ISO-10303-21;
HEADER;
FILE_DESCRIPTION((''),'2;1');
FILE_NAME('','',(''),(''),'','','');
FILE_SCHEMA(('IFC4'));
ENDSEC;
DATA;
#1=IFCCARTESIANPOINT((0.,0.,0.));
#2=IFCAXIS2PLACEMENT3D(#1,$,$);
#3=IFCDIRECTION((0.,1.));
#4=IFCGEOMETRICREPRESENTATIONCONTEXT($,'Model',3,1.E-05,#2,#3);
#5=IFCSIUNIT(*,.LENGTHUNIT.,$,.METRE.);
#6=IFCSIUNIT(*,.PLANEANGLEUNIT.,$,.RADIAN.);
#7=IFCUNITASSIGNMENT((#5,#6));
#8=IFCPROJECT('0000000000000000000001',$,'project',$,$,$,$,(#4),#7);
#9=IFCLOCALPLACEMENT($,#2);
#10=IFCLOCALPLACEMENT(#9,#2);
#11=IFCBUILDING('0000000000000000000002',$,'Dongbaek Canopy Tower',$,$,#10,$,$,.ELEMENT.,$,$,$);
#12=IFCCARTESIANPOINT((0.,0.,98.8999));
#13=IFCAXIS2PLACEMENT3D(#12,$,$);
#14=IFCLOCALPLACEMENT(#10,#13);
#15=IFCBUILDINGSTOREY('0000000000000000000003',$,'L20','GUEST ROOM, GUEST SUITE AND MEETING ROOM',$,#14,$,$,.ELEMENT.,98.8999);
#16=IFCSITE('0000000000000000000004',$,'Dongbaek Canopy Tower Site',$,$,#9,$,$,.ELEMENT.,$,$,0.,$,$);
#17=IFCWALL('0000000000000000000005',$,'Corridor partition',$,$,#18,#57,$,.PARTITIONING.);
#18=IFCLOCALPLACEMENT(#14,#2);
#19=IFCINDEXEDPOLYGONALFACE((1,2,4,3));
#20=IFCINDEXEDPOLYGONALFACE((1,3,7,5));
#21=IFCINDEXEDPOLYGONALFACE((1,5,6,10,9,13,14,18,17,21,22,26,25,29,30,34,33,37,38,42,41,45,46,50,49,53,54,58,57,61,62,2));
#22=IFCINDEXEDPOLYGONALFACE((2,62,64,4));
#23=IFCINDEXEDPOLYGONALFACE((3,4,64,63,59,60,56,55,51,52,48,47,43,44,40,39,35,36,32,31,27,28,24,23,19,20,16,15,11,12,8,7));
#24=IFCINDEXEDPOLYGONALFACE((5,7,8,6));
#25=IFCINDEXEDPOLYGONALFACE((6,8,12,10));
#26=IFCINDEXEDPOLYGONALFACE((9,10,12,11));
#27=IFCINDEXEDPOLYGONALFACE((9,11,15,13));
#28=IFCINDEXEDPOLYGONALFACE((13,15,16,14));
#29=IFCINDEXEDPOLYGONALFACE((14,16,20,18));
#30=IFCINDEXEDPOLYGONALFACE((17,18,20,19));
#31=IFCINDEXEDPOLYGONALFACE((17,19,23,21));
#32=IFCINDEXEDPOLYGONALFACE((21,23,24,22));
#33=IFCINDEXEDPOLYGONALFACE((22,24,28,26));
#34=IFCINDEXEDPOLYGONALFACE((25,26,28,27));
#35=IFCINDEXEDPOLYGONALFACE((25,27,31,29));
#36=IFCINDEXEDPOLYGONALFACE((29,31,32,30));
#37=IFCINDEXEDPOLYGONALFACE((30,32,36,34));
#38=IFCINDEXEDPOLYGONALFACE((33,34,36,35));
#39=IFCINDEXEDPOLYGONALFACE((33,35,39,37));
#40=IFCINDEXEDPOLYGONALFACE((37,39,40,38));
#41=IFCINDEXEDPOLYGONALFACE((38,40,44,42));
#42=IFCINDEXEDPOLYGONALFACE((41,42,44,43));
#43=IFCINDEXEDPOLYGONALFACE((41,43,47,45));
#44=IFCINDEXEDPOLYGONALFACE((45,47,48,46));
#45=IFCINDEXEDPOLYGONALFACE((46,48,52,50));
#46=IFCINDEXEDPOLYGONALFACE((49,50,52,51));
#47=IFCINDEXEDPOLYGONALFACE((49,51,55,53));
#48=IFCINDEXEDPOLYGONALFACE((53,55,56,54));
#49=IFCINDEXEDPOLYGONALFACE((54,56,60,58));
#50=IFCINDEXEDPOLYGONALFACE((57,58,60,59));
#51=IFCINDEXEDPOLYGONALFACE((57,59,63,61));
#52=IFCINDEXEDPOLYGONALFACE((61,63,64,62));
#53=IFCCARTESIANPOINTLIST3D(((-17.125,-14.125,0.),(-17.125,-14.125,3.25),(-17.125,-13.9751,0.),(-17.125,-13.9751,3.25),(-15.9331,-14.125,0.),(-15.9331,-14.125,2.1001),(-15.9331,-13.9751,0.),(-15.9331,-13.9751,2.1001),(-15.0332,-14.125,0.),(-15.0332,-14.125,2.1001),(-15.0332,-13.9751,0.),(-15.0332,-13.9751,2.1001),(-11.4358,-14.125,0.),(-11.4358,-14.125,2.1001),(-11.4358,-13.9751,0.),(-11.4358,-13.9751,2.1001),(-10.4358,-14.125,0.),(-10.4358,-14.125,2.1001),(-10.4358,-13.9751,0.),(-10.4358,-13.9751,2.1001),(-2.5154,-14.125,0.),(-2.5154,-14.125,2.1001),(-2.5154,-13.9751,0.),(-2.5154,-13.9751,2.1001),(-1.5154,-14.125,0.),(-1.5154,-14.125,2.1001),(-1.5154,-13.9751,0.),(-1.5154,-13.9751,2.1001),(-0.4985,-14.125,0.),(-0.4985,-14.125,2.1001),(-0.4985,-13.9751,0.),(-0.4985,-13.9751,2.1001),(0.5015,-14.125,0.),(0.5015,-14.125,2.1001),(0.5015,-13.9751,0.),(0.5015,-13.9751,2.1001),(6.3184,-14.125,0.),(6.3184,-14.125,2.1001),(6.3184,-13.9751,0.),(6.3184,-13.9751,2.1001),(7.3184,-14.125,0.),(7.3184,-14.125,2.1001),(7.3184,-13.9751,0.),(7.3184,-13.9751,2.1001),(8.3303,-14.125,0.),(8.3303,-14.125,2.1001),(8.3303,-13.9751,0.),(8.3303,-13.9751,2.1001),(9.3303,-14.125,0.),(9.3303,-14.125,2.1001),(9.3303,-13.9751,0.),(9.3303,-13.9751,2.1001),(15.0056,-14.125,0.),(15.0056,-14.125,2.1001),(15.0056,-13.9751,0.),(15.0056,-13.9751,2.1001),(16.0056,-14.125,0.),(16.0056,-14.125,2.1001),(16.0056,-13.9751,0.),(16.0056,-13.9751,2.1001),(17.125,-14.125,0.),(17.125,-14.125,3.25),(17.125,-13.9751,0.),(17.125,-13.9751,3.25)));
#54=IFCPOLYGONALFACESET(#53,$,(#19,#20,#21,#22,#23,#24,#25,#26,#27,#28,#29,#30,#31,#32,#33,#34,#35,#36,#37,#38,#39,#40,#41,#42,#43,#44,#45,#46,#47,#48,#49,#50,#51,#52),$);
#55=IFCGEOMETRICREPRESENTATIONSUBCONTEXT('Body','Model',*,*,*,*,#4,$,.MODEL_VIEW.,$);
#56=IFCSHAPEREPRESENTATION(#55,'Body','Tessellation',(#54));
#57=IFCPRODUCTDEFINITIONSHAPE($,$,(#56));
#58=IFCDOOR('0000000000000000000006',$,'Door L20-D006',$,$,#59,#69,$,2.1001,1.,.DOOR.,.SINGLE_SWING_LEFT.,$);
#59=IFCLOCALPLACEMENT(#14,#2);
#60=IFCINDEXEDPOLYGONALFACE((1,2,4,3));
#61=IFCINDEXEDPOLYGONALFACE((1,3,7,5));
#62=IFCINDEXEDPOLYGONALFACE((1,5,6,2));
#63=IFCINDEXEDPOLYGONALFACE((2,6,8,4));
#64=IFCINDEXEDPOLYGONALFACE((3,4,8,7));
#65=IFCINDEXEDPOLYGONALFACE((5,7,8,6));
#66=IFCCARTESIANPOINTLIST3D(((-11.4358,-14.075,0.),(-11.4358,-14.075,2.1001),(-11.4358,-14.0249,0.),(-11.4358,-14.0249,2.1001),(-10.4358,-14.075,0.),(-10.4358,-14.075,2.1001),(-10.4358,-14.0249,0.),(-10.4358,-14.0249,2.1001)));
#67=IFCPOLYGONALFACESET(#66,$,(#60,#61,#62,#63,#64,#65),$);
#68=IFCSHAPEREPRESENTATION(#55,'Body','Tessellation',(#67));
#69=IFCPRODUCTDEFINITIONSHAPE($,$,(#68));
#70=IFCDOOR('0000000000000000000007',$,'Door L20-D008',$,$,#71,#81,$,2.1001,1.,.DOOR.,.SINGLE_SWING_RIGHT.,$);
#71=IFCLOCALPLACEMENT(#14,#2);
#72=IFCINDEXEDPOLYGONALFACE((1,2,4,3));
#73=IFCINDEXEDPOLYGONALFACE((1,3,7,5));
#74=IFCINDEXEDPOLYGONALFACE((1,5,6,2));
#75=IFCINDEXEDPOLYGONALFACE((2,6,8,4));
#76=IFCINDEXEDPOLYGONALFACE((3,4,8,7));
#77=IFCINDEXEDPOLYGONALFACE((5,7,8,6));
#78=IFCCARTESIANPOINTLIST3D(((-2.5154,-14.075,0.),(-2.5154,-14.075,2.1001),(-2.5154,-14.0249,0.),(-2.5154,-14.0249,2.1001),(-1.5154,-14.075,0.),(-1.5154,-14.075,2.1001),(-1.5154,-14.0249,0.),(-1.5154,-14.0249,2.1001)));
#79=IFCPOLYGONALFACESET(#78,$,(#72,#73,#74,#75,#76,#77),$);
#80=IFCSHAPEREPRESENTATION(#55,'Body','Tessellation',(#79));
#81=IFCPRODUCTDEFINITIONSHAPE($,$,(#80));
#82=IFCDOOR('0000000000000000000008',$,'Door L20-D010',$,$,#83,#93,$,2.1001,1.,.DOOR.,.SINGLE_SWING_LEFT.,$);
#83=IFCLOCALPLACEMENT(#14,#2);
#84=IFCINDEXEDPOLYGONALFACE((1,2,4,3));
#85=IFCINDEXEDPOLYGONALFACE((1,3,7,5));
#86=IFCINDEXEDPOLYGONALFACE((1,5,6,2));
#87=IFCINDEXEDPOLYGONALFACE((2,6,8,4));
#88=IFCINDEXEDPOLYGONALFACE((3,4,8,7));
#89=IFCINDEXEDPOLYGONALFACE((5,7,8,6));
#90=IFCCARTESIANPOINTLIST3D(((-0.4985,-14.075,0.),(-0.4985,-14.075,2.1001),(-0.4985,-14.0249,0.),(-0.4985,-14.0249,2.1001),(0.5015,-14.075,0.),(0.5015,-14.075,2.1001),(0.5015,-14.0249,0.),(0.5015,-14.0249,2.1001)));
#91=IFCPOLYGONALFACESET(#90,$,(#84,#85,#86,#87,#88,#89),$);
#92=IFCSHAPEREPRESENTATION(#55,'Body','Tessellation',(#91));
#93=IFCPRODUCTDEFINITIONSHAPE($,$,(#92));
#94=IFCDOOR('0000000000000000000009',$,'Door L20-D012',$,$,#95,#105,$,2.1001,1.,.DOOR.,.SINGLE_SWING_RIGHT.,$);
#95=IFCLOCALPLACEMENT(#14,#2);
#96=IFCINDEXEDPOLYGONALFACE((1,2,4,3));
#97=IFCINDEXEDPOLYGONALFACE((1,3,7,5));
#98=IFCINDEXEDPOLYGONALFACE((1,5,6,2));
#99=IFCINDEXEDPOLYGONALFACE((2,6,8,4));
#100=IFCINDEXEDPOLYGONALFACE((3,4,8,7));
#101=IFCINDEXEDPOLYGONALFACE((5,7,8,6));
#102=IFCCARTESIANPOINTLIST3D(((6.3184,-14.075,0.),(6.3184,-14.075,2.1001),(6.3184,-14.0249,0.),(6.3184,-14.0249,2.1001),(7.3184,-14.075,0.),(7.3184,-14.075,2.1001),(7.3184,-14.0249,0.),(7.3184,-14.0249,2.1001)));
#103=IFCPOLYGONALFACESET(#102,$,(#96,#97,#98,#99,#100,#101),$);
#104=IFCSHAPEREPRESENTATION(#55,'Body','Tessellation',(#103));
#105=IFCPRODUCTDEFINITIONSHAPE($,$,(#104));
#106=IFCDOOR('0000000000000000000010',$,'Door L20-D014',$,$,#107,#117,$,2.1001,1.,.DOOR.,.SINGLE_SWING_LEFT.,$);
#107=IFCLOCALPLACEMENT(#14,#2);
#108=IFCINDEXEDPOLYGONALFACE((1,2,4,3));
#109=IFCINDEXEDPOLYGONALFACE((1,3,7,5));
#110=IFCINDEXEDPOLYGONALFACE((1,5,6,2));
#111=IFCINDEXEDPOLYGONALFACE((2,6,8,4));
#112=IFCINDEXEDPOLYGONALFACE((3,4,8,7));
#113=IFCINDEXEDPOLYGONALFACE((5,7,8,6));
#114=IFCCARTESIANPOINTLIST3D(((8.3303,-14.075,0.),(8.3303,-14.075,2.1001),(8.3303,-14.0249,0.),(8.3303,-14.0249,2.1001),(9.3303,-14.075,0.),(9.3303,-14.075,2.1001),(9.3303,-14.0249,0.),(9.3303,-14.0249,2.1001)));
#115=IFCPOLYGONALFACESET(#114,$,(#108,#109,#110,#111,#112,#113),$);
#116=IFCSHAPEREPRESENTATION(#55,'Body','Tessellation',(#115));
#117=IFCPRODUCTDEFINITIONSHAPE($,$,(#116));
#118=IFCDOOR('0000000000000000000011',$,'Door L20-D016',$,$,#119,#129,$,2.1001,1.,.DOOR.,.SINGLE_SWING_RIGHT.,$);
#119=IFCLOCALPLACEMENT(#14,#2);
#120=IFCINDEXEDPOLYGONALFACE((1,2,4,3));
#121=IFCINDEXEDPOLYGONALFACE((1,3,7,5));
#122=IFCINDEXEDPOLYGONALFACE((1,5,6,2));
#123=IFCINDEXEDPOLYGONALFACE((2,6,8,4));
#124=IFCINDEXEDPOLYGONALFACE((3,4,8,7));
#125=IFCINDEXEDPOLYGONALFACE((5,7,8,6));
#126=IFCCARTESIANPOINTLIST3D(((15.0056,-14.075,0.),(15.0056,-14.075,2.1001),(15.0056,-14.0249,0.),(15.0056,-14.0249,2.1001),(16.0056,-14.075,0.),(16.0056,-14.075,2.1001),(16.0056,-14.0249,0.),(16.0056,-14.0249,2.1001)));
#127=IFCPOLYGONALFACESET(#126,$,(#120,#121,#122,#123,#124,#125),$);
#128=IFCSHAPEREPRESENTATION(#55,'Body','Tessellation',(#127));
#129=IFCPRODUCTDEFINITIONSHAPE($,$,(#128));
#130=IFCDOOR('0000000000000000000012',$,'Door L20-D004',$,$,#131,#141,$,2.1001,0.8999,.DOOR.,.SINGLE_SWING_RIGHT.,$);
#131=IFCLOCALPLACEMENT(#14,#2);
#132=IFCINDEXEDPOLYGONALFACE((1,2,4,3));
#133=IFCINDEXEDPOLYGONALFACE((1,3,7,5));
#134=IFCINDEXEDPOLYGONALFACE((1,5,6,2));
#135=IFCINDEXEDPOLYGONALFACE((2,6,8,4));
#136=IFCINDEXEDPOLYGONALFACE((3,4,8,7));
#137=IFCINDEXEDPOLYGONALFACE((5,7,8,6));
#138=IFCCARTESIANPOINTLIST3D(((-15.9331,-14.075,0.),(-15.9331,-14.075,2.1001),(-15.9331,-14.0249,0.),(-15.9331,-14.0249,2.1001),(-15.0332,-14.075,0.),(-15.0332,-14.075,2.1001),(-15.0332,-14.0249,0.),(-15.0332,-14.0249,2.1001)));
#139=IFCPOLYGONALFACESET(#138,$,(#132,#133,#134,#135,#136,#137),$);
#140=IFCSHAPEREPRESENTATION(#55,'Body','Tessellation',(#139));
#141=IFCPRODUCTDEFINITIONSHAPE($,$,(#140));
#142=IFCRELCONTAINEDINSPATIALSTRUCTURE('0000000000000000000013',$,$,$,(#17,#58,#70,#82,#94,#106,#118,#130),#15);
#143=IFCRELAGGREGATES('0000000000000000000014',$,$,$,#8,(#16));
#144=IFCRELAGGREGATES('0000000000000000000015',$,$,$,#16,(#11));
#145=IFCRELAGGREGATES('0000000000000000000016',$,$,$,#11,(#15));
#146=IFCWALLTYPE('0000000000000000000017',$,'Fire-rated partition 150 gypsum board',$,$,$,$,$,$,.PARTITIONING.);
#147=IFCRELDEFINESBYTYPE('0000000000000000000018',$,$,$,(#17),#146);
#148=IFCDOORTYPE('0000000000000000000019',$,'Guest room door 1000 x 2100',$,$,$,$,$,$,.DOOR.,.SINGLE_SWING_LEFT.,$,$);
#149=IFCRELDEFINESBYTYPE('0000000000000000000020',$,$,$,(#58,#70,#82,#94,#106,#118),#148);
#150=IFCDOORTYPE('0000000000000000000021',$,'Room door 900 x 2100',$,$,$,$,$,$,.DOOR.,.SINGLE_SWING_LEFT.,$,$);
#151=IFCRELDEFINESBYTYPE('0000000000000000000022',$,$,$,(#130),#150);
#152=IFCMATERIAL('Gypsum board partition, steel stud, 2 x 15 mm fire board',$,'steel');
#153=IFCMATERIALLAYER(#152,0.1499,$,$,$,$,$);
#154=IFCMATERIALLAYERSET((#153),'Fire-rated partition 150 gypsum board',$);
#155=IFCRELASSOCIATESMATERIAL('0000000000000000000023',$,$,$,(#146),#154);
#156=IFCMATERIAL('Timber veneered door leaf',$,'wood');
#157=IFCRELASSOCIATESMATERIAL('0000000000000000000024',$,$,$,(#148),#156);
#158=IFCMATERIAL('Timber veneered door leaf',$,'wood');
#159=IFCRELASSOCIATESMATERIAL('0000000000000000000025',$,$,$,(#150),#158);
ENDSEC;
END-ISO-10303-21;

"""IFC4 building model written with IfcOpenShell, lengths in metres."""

from ifc_helpers import new_model, si_unit, direction, frame, frame_2d, origin, place, context, subcontext, project, spatial, rectangle, extrude, material, layer, layer_set, type_object, element, fill, save


model = new_model("IFC4")

# Units and contexts
model_context = context("Model", 3, precision=1e-05, world=origin(), true_north=direction((0.0, 1.0)))
body_context = subcontext(model_context, "Body", "Model", "MODEL_VIEW")
ifc_project = project(units=[si_unit("LENGTHUNIT", "METRE"), si_unit("PLANEANGLEUNIT", "RADIAN")], contexts=[model_context])

# Site, building, storey
site_placement = place(None, origin())
site = spatial("IfcSite", under=ifc_project, at=site_placement, Name="Dongbaek Canopy Tower Site", CompositionType="ELEMENT", RefElevation=0.0)
building_placement = place(site_placement, origin())
building = spatial("IfcBuilding", under=site, at=building_placement, Name="Dongbaek Canopy Tower", CompositionType="ELEMENT")
storey_placement = place(building_placement, frame((0.0, 0.0, 98.8999)))
storey = spatial("IfcBuildingStorey", under=building, at=storey_placement, Name="L20", Description="GUEST ROOM, GUEST SUITE AND MEETING ROOM", CompositionType="ELEMENT", Elevation=98.8999)

# Wall, openings, doors
ifc_material_1 = material(Name="Gypsum board partition, steel stud, 2 x 15 mm fire board", Category="steel")
ifc_layer_1 = layer(ifc_material_1, 0.1499)
ifc_layer_set_1 = layer_set([ifc_layer_1], Name="Fire-rated partition 150 gypsum board")
wall_type_1 = type_object("IfcWallType", Name="Fire-rated partition 150 gypsum board", PredefinedType="PARTITIONING", material=ifc_layer_set_1)
wall_1_placement = place(storey_placement, frame((17.125, -14.05, 0.0), z_axis=(0.0, 0.0, 1.0), x_axis=(-1.0, 0.0, 0.0)))
wall_1 = element("IfcWall", 1, at=wall_1_placement, inside=storey, type_object=wall_type_1, Name="Corridor partition", PredefinedType="PARTITIONING", context=body_context, shape_type="SweptSolid", body=[
    extrude(rectangle(XDim=34.25, YDim=0.1499, at=frame_2d((17.125, 0.0))), origin(), (0.0, 0.0, 1.0), 3.25),
])
opening_1_placement = place(wall_1_placement, frame((32.1582, 0.0, 0.0)))
opening_1 = element("IfcOpeningElement", 2, at=opening_1_placement, cuts=wall_1, PredefinedType="OPENING", context=body_context, shape_type="SweptSolid", body=[
    extrude(rectangle(XDim=0.8999, YDim=2.1001, at=frame_2d((0.45, 1.05))), frame((0.0, 0.085, 0.0), z_axis=(0.0, -1.0, 0.0), x_axis=(1.0, 0.0, 0.0)), (0.0, 0.0, 1.0), 0.1699),
])
opening_2_placement = place(wall_1_placement, frame((27.5608, 0.0, 0.0)))
opening_2 = element("IfcOpeningElement", 3, at=opening_2_placement, cuts=wall_1, PredefinedType="OPENING", context=body_context, shape_type="SweptSolid", body=[
    extrude(rectangle(XDim=1.0, YDim=2.1001, at=frame_2d((0.5, 1.05))), frame((0.0, 0.085, 0.0), z_axis=(0.0, -1.0, 0.0), x_axis=(1.0, 0.0, 0.0)), (0.0, 0.0, 1.0), 0.1699),
])
opening_3_placement = place(wall_1_placement, frame((18.6404, 0.0, 0.0)))
opening_3 = element("IfcOpeningElement", 4, at=opening_3_placement, cuts=wall_1, PredefinedType="OPENING", context=body_context, shape_type="SweptSolid", body=[
    extrude(rectangle(XDim=1.0, YDim=2.1001, at=frame_2d((0.5, 1.05))), frame((0.0, 0.085, 0.0), z_axis=(0.0, -1.0, 0.0), x_axis=(1.0, 0.0, 0.0)), (0.0, 0.0, 1.0), 0.1699),
])
opening_4_placement = place(wall_1_placement, frame((16.6235, 0.0, 0.0)))
opening_4 = element("IfcOpeningElement", 5, at=opening_4_placement, cuts=wall_1, PredefinedType="OPENING", context=body_context, shape_type="SweptSolid", body=[
    extrude(rectangle(XDim=1.0, YDim=2.1001, at=frame_2d((0.5, 1.05))), frame((0.0, 0.085, 0.0), z_axis=(0.0, -1.0, 0.0), x_axis=(1.0, 0.0, 0.0)), (0.0, 0.0, 1.0), 0.1699),
])
opening_5_placement = place(wall_1_placement, frame((9.8066, 0.0, 0.0)))
opening_5 = element("IfcOpeningElement", 6, at=opening_5_placement, cuts=wall_1, PredefinedType="OPENING", context=body_context, shape_type="SweptSolid", body=[
    extrude(rectangle(XDim=1.0, YDim=2.1001, at=frame_2d((0.5, 1.05))), frame((0.0, 0.085, 0.0), z_axis=(0.0, -1.0, 0.0), x_axis=(1.0, 0.0, 0.0)), (0.0, 0.0, 1.0), 0.1699),
])
opening_6_placement = place(wall_1_placement, frame((7.7947, 0.0, 0.0)))
opening_6 = element("IfcOpeningElement", 7, at=opening_6_placement, cuts=wall_1, PredefinedType="OPENING", context=body_context, shape_type="SweptSolid", body=[
    extrude(rectangle(XDim=1.0, YDim=2.1001, at=frame_2d((0.5, 1.05))), frame((0.0, 0.085, 0.0), z_axis=(0.0, -1.0, 0.0), x_axis=(1.0, 0.0, 0.0)), (0.0, 0.0, 1.0), 0.1699),
])
opening_7_placement = place(wall_1_placement, frame((1.1194, 0.0, 0.0)))
opening_7 = element("IfcOpeningElement", 8, at=opening_7_placement, cuts=wall_1, PredefinedType="OPENING", context=body_context, shape_type="SweptSolid", body=[
    extrude(rectangle(XDim=1.0, YDim=2.1001, at=frame_2d((0.5, 1.05))), frame((0.0, 0.085, 0.0), z_axis=(0.0, -1.0, 0.0), x_axis=(1.0, 0.0, 0.0)), (0.0, 0.0, 1.0), 0.1699),
])
ifc_material_2 = material(Name="Timber veneered door leaf", Category="wood")
door_type_1 = type_object("IfcDoorType", Name="Guest room door 1000 x 2100", OperationType="SINGLE_SWING_LEFT", PredefinedType="DOOR", material=ifc_material_2)
door_1_placement = place(opening_2_placement, origin())
door_1 = element("IfcDoor", 9, at=door_1_placement, inside=storey, type_object=door_type_1, Name="Door L20-D006", OperationType="SINGLE_SWING_LEFT", OverallHeight=2.1001, OverallWidth=1.0, PredefinedType="DOOR", context=body_context, shape_type="SweptSolid", body=[
    extrude(rectangle(XDim=1.0, YDim=2.1001, at=frame_2d((0.5, 1.05))), frame((0.0, 0.0249, 0.0), z_axis=(0.0, -1.0, 0.0), x_axis=(1.0, 0.0, 0.0)), (0.0, 0.0, 1.0), 0.05),
])
fill(opening_2, door_1)
door_2_placement = place(opening_3_placement, origin())
door_2 = element("IfcDoor", 10, at=door_2_placement, inside=storey, type_object=door_type_1, Name="Door L20-D008", OperationType="SINGLE_SWING_RIGHT", OverallHeight=2.1001, OverallWidth=1.0, PredefinedType="DOOR", context=body_context, shape_type="SweptSolid", body=[
    extrude(rectangle(XDim=1.0, YDim=2.1001, at=frame_2d((0.5, 1.05))), frame((0.0, 0.0249, 0.0), z_axis=(0.0, -1.0, 0.0), x_axis=(1.0, 0.0, 0.0)), (0.0, 0.0, 1.0), 0.05),
])
fill(opening_3, door_2)
door_3_placement = place(opening_4_placement, origin())
door_3 = element("IfcDoor", 11, at=door_3_placement, inside=storey, type_object=door_type_1, Name="Door L20-D010", OperationType="SINGLE_SWING_LEFT", OverallHeight=2.1001, OverallWidth=1.0, PredefinedType="DOOR", context=body_context, shape_type="SweptSolid", body=[
    extrude(rectangle(XDim=1.0, YDim=2.1001, at=frame_2d((0.5, 1.05))), frame((0.0, 0.0249, 0.0), z_axis=(0.0, -1.0, 0.0), x_axis=(1.0, 0.0, 0.0)), (0.0, 0.0, 1.0), 0.05),
])
fill(opening_4, door_3)
door_4_placement = place(opening_5_placement, origin())
door_4 = element("IfcDoor", 12, at=door_4_placement, inside=storey, type_object=door_type_1, Name="Door L20-D012", OperationType="SINGLE_SWING_RIGHT", OverallHeight=2.1001, OverallWidth=1.0, PredefinedType="DOOR", context=body_context, shape_type="SweptSolid", body=[
    extrude(rectangle(XDim=1.0, YDim=2.1001, at=frame_2d((0.5, 1.05))), frame((0.0, 0.0249, 0.0), z_axis=(0.0, -1.0, 0.0), x_axis=(1.0, 0.0, 0.0)), (0.0, 0.0, 1.0), 0.05),
])
fill(opening_5, door_4)
door_5_placement = place(opening_6_placement, origin())
door_5 = element("IfcDoor", 13, at=door_5_placement, inside=storey, type_object=door_type_1, Name="Door L20-D014", OperationType="SINGLE_SWING_LEFT", OverallHeight=2.1001, OverallWidth=1.0, PredefinedType="DOOR", context=body_context, shape_type="SweptSolid", body=[
    extrude(rectangle(XDim=1.0, YDim=2.1001, at=frame_2d((0.5, 1.05))), frame((0.0, 0.0249, 0.0), z_axis=(0.0, -1.0, 0.0), x_axis=(1.0, 0.0, 0.0)), (0.0, 0.0, 1.0), 0.05),
])
fill(opening_6, door_5)
door_6_placement = place(opening_7_placement, origin())
door_6 = element("IfcDoor", 14, at=door_6_placement, inside=storey, type_object=door_type_1, Name="Door L20-D016", OperationType="SINGLE_SWING_RIGHT", OverallHeight=2.1001, OverallWidth=1.0, PredefinedType="DOOR", context=body_context, shape_type="SweptSolid", body=[
    extrude(rectangle(XDim=1.0, YDim=2.1001, at=frame_2d((0.5, 1.05))), frame((0.0, 0.0249, 0.0), z_axis=(0.0, -1.0, 0.0), x_axis=(1.0, 0.0, 0.0)), (0.0, 0.0, 1.0), 0.05),
])
fill(opening_7, door_6)
ifc_material_3 = material(Name="Timber veneered door leaf", Category="wood")
door_type_2 = type_object("IfcDoorType", Name="Room door 900 x 2100", OperationType="SINGLE_SWING_LEFT", PredefinedType="DOOR", material=ifc_material_3)
door_7_placement = place(opening_1_placement, origin())
door_7 = element("IfcDoor", 15, at=door_7_placement, inside=storey, type_object=door_type_2, Name="Door L20-D004", OperationType="SINGLE_SWING_RIGHT", OverallHeight=2.1001, OverallWidth=0.8999, PredefinedType="DOOR", context=body_context, shape_type="SweptSolid", body=[
    extrude(rectangle(XDim=0.8999, YDim=2.1001, at=frame_2d((0.45, 1.05))), frame((0.0, 0.0249, 0.0), z_axis=(0.0, -1.0, 0.0), x_axis=(1.0, 0.0, 0.0)), (0.0, 0.0, 1.0), 0.05),
])
fill(opening_1, door_7)

save(model, "model.ifc")
